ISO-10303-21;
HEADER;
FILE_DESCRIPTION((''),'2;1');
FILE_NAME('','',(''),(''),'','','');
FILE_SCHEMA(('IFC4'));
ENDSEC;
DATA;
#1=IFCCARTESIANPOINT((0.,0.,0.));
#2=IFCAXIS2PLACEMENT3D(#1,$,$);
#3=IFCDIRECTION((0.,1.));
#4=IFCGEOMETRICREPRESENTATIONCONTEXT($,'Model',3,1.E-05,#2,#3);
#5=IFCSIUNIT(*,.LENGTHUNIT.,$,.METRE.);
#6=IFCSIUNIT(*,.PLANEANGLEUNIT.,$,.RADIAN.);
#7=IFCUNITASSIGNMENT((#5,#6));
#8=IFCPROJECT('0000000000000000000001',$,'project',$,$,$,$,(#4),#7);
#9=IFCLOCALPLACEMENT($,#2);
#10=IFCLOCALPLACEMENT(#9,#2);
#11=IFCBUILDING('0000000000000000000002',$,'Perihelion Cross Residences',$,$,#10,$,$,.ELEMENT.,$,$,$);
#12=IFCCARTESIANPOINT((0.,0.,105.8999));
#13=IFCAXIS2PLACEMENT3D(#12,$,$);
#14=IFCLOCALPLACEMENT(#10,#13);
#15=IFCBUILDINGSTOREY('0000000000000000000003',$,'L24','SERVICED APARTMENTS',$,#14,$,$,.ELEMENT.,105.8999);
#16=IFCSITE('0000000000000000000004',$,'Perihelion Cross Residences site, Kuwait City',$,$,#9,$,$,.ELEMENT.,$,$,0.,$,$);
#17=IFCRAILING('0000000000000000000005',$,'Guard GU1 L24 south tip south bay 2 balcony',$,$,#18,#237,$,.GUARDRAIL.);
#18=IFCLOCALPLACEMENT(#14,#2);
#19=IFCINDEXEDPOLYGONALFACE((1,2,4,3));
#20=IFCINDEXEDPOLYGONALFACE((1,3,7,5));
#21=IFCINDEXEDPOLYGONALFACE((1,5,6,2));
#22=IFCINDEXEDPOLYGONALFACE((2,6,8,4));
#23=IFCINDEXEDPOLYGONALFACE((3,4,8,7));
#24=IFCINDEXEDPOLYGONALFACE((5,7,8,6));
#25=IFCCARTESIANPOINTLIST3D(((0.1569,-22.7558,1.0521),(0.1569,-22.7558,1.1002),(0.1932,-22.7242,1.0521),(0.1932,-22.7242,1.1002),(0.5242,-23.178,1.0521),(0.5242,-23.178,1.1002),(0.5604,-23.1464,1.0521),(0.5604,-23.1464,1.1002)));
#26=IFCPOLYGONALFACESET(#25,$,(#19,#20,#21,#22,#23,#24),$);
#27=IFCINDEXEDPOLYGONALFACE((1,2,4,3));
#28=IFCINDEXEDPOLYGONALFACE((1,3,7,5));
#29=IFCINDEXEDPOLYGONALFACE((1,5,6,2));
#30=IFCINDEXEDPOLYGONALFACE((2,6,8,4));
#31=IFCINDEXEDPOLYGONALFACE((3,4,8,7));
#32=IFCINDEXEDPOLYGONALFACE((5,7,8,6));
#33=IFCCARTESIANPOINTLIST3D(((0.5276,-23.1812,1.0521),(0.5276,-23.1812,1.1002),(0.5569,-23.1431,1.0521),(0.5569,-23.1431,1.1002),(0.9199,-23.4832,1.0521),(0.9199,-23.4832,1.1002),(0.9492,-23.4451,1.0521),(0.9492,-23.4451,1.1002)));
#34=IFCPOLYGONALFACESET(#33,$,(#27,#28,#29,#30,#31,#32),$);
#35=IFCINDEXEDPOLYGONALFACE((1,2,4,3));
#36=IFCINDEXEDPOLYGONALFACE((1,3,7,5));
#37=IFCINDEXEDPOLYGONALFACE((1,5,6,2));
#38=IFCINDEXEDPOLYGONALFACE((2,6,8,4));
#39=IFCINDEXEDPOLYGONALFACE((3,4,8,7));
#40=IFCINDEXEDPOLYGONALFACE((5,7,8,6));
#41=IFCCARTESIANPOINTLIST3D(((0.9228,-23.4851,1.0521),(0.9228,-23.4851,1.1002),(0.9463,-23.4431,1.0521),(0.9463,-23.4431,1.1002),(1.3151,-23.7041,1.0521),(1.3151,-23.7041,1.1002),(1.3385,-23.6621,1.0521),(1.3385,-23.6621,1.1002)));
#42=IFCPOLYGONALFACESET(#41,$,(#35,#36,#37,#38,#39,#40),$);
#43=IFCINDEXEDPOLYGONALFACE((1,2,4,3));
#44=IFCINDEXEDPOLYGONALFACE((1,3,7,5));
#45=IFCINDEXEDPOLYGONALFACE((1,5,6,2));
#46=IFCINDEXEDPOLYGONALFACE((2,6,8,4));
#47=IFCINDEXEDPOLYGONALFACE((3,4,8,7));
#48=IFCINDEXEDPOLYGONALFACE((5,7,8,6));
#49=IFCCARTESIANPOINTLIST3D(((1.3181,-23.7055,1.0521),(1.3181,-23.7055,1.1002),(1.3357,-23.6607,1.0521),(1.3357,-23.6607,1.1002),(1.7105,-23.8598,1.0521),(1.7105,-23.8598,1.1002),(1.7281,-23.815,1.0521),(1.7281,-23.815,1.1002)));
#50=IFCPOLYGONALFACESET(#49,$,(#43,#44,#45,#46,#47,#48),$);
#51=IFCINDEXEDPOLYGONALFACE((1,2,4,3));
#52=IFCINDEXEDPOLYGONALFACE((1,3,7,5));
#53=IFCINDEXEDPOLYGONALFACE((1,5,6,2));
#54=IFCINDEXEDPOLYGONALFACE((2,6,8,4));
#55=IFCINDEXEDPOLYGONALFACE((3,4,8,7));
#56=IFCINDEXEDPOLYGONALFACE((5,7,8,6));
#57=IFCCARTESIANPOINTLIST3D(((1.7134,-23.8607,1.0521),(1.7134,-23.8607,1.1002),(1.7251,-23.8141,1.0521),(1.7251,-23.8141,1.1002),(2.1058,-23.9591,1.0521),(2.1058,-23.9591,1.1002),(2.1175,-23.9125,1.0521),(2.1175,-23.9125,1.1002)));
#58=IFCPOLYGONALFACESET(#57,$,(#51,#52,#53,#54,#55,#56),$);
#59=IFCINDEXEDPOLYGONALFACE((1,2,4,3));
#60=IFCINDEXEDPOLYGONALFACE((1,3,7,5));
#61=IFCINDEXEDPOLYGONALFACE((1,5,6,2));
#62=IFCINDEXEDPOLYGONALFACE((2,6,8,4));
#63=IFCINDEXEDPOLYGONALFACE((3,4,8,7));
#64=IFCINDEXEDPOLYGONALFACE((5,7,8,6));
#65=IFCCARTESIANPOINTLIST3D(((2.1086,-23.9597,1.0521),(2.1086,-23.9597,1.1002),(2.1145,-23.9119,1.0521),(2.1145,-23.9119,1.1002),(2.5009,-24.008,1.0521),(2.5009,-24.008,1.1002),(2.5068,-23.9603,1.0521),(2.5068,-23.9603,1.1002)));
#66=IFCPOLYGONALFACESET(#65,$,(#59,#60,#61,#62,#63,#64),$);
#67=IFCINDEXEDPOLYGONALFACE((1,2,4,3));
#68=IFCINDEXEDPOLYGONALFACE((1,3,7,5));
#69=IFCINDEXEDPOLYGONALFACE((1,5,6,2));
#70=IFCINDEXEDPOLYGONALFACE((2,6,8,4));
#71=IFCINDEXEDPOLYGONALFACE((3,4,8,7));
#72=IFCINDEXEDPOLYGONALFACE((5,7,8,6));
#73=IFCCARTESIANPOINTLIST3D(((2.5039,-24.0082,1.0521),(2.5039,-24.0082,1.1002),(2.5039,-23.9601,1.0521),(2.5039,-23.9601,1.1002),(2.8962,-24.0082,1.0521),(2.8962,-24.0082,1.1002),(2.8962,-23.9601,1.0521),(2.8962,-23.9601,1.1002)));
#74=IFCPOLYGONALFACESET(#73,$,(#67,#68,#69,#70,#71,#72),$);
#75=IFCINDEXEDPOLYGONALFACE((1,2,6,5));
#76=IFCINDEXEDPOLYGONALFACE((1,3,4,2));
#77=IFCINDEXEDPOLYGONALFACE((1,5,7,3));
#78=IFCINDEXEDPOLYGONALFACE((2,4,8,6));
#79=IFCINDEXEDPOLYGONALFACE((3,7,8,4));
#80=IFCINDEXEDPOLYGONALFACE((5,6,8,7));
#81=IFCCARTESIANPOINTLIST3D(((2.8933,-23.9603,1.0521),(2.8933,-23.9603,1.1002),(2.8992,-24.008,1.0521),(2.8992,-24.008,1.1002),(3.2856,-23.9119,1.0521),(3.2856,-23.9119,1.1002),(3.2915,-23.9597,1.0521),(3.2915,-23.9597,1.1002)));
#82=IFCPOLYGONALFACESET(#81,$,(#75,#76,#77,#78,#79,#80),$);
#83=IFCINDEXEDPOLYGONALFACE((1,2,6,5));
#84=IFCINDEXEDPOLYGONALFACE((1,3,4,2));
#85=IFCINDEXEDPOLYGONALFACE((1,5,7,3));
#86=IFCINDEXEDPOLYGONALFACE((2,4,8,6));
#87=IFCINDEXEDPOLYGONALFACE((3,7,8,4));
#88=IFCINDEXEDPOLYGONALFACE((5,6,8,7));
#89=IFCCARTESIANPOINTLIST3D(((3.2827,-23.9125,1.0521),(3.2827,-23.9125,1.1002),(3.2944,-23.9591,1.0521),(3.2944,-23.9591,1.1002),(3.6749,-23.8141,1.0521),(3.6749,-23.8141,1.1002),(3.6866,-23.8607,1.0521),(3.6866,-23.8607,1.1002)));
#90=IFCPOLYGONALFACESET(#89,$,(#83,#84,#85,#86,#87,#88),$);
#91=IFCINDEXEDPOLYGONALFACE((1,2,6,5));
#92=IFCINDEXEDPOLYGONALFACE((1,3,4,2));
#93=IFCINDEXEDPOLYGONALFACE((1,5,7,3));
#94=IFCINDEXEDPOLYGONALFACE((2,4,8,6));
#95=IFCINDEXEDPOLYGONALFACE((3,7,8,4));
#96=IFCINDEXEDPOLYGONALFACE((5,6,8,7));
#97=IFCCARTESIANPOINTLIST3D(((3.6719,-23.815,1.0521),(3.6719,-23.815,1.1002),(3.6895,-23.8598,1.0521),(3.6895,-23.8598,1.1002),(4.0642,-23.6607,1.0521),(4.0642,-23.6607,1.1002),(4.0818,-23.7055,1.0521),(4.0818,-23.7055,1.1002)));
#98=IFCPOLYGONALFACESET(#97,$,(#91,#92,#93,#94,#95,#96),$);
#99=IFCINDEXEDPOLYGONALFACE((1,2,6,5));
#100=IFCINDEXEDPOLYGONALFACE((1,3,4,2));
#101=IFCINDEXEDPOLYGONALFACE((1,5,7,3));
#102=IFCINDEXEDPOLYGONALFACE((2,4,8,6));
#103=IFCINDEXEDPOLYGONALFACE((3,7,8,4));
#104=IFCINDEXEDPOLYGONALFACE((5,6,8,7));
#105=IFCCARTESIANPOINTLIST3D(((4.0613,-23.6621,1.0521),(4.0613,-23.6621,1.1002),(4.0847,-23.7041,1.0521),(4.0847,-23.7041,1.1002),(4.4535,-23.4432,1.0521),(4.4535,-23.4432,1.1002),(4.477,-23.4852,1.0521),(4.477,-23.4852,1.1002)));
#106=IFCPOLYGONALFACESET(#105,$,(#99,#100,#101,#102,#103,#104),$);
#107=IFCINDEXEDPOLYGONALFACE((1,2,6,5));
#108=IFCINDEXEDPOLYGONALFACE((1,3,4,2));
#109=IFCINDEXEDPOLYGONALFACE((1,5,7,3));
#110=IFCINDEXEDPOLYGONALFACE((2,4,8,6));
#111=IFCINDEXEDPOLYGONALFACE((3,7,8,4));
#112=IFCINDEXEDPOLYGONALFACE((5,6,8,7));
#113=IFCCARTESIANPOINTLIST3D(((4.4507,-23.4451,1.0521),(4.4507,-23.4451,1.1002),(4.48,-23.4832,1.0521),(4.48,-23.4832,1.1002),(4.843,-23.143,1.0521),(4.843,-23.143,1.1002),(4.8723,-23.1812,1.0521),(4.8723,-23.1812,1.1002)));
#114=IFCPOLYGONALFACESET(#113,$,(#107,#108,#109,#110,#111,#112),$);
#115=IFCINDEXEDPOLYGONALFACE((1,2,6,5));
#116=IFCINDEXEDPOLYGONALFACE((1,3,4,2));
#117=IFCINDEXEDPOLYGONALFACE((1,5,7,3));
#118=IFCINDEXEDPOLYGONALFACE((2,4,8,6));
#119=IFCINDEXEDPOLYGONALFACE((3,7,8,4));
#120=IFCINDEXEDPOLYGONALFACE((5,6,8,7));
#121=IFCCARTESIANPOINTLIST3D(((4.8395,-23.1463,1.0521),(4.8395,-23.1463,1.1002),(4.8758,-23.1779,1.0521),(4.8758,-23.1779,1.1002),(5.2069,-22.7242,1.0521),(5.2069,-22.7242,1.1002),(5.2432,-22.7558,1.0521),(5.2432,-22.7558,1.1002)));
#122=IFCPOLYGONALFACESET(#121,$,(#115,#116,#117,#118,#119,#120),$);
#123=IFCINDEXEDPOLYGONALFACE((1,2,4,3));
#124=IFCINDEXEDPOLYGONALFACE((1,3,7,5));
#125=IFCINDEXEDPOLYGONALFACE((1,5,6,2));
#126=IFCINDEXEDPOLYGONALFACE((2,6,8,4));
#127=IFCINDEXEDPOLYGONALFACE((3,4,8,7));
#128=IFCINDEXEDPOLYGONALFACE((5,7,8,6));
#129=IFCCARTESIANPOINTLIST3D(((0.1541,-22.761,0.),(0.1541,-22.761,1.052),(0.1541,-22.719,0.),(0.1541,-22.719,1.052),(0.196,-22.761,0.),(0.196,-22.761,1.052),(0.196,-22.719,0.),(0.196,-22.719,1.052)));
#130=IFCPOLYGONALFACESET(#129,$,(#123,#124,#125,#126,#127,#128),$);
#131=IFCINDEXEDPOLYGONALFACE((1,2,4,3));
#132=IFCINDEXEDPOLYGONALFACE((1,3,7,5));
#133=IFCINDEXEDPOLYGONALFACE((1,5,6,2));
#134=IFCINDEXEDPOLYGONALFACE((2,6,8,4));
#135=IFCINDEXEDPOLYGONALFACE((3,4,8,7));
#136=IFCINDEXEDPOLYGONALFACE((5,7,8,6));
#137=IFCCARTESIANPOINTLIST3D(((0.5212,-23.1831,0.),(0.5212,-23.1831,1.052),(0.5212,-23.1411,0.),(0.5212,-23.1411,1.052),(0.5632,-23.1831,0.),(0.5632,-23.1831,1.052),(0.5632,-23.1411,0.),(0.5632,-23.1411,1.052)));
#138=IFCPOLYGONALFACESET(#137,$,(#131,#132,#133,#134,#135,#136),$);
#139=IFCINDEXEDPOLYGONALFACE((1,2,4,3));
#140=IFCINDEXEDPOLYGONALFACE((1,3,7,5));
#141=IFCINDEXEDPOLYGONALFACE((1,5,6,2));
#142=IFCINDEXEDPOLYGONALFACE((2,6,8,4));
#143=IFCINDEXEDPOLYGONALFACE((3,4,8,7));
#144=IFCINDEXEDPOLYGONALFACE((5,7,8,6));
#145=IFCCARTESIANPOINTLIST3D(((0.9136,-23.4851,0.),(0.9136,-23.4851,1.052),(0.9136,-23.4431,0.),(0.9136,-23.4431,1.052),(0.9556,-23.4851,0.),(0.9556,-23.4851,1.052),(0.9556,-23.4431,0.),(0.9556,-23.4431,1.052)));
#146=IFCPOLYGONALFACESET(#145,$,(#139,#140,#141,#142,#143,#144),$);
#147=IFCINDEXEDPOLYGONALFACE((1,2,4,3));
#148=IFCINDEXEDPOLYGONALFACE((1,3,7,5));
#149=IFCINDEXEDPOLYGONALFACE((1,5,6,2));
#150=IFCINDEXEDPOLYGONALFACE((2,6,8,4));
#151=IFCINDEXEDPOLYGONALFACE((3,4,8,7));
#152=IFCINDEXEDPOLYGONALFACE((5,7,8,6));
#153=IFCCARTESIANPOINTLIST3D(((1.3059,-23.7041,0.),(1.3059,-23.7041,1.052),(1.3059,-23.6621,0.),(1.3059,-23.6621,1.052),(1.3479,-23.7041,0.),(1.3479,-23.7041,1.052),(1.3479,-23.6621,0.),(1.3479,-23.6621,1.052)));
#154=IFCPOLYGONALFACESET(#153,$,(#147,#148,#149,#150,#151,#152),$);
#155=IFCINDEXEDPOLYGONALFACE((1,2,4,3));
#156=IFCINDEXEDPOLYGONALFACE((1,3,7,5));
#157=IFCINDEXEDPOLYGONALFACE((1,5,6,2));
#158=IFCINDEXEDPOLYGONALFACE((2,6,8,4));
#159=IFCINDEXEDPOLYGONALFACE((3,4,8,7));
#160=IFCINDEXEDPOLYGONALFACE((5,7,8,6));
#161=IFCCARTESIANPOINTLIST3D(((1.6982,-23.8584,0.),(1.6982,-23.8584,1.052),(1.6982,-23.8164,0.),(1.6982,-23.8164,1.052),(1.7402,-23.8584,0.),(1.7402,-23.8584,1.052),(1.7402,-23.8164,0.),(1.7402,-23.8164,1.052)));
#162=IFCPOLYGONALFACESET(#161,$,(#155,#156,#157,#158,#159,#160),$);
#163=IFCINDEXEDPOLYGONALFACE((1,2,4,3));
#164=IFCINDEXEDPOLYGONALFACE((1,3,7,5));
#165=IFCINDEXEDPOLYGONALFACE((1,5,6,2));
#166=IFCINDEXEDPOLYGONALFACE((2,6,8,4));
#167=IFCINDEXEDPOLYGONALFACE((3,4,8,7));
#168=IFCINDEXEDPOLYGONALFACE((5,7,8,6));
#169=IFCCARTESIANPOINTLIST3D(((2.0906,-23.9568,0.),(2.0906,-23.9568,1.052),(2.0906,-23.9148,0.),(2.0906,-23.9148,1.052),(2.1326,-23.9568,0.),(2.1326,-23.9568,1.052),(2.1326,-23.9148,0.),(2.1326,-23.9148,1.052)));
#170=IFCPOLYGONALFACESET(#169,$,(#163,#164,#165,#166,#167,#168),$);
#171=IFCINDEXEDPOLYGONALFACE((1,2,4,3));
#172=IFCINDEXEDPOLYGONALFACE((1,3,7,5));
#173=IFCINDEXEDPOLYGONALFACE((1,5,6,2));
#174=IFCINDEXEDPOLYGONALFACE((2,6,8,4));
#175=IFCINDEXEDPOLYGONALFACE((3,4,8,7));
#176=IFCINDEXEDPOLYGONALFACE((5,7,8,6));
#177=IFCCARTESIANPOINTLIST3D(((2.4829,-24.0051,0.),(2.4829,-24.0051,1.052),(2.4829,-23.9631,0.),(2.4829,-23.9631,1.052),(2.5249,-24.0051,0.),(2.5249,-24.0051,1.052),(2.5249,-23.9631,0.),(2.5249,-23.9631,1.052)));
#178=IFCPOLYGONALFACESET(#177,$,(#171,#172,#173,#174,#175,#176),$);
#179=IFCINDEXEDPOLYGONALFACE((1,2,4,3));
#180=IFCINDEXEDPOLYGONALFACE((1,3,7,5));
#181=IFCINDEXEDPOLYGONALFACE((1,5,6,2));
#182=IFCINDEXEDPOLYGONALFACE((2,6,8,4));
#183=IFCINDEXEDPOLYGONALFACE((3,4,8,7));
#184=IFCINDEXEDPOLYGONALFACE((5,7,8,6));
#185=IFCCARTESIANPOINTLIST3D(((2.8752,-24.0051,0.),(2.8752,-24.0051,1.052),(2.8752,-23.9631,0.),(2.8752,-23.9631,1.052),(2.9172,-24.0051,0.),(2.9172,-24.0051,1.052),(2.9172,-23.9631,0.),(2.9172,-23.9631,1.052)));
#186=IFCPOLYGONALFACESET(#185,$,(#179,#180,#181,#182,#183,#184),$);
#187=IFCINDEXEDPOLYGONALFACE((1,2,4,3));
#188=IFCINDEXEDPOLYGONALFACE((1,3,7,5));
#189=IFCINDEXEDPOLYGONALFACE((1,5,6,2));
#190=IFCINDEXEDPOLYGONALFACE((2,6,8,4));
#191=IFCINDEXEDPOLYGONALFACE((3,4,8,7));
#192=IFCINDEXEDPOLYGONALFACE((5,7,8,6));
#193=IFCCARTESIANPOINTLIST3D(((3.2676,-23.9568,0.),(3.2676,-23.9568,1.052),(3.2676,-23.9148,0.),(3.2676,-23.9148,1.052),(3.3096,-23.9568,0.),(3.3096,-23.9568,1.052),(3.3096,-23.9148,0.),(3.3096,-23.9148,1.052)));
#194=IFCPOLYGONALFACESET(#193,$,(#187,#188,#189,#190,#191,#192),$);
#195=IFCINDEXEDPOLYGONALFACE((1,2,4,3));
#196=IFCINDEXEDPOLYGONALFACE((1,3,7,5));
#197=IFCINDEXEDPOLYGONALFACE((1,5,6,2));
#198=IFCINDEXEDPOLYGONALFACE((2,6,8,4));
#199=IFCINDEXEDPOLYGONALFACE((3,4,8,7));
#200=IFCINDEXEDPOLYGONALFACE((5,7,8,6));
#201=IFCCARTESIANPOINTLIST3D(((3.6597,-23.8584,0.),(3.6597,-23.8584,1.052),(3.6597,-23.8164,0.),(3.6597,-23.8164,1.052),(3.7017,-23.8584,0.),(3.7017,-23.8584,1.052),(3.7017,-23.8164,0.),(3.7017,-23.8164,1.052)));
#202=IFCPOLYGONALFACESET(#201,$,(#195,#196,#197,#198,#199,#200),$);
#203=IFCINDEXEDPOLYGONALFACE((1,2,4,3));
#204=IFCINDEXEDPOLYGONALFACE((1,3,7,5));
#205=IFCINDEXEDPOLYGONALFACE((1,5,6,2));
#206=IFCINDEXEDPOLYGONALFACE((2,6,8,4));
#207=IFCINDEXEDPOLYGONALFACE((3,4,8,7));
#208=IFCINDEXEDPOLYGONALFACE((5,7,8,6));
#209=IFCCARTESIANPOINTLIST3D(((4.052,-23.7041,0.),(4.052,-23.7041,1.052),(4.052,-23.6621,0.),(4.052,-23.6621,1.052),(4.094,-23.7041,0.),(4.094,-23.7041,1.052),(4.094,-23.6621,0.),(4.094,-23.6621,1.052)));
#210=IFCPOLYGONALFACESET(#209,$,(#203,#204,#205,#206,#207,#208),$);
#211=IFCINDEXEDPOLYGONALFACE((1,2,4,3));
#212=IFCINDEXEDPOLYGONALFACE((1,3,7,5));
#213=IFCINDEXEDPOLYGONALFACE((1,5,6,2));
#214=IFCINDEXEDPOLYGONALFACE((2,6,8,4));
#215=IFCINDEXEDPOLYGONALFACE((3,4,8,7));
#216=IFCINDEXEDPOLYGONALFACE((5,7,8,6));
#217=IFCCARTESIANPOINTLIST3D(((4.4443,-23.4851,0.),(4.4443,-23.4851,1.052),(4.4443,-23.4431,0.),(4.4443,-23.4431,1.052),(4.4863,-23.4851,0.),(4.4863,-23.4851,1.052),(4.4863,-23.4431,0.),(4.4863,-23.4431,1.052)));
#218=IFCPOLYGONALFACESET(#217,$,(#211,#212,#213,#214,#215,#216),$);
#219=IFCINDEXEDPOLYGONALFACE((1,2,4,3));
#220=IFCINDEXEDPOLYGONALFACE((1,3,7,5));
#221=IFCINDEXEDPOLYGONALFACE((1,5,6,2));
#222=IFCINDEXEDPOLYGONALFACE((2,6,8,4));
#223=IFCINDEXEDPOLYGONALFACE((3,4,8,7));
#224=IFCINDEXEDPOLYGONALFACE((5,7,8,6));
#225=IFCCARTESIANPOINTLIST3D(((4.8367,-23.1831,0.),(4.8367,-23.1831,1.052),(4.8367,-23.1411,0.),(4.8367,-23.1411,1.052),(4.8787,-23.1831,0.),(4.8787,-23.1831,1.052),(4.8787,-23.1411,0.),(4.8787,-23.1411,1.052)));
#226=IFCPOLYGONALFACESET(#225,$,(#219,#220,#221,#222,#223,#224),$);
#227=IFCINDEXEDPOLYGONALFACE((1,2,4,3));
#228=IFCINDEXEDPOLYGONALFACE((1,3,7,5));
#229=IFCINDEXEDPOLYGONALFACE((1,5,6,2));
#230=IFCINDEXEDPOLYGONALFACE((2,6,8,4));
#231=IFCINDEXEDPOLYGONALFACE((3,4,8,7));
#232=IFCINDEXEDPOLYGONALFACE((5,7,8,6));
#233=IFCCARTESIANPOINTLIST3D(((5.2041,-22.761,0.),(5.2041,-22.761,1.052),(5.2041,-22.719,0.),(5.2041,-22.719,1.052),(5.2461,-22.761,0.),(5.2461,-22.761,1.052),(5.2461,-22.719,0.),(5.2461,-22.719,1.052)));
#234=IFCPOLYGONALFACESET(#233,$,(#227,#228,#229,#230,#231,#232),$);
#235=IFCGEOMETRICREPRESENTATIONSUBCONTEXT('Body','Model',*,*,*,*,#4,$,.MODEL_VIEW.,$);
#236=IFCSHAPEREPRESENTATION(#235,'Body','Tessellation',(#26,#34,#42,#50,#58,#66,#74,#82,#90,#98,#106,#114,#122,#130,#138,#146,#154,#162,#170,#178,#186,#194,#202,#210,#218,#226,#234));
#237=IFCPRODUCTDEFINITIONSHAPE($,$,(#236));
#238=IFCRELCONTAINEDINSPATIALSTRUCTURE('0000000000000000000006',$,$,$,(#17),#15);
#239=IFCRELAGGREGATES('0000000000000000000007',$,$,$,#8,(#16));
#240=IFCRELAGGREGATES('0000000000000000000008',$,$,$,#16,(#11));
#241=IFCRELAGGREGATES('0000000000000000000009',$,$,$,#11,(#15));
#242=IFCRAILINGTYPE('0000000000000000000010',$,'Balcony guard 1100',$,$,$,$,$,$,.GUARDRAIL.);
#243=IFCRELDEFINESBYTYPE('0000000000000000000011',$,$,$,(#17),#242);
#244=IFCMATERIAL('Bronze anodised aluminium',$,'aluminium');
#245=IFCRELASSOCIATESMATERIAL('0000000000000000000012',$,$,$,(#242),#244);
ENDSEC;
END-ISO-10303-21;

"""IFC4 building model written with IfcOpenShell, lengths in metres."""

from ifc_helpers import new_model, si_unit, direction, frame, origin, origin_2d, place, context, subcontext, project, spatial, rectangle, extrude, material, type_object, element, save


model = new_model("IFC4")

# Units and contexts
model_context = context("Model", 3, precision=1e-05, world=origin(), true_north=direction((0.0, 1.0)))
body_context = subcontext(model_context, "Body", "Model", "MODEL_VIEW")
ifc_project = project(units=[si_unit("LENGTHUNIT", "METRE"), si_unit("PLANEANGLEUNIT", "RADIAN")], contexts=[model_context])

# Site, building, storey
site_placement = place(None, origin())
site = spatial("IfcSite", under=ifc_project, at=site_placement, Name="Perihelion Cross Residences site, Kuwait City", CompositionType="ELEMENT", RefElevation=0.0)
building_placement = place(site_placement, origin())
building = spatial("IfcBuilding", under=site, at=building_placement, Name="Perihelion Cross Residences", CompositionType="ELEMENT")
storey_placement = place(building_placement, frame((0.0, 0.0, 105.8999)))
storey = spatial("IfcBuildingStorey", under=building, at=storey_placement, Name="L24", Description="SERVICED APARTMENTS", CompositionType="ELEMENT", Elevation=105.8999)

# Railing
ifc_material_1 = material(Name="Bronze anodised aluminium", Category="aluminium")
railing_type = type_object("IfcRailingType", Name="Balcony guard 1100", PredefinedType="GUARDRAIL", material=ifc_material_1)
railing_placement = place(storey_placement, frame((0.175, -22.74, 0.0)))
element("IfcRailing", 1, at=railing_placement, inside=storey, type_object=railing_type, Name="Guard GU1 L24 south tip south bay 2 balcony", PredefinedType="GUARDRAIL", context=body_context, shape_type="SweptSolid", body=[
    extrude(rectangle(XDim=0.0481, YDim=0.0481, at=origin_2d()), frame((0.0, 0.0, 1.0762), z_axis=(0.656308, -0.754493, 0.0), x_axis=(0.754493, 0.656308, 0.0)), (0.0, 0.0, 1.0), 0.5596),
    extrude(rectangle(XDim=0.0481, YDim=0.0481, at=origin_2d()), frame((0.3672, -0.4221, 1.0762), z_axis=(0.792422, -0.609973, 0.0), x_axis=(0.609973, 0.792422, 0.0)), (0.0, 0.0, 1.0), 0.4951),
    extrude(rectangle(XDim=0.0481, YDim=0.0481, at=origin_2d()), frame((0.7595, -0.7241, 1.0762), z_axis=(0.873182, -0.487395, 0.0), x_axis=(0.487395, 0.873182, 0.0)), (0.0, 0.0, 1.0), 0.4492),
    extrude(rectangle(XDim=0.0481, YDim=0.0481, at=origin_2d()), frame((1.1519, -0.9431, 1.0762), z_axis=(0.930618, -0.365993, 0.0), x_axis=(0.365993, 0.930618, 0.0)), (0.0, 0.0, 1.0), 0.4216),
    extrude(rectangle(XDim=0.0481, YDim=0.0481, at=origin_2d()), frame((1.5442, -1.0974, 1.0762), z_axis=(0.969965, -0.243246, 0.0), x_axis=(0.243246, 0.969965, 0.0)), (0.0, 0.0, 1.0), 0.4045),
    extrude(rectangle(XDim=0.0481, YDim=0.0481, at=origin_2d()), frame((1.9365, -1.1958, 1.0762), z_axis=(0.992495, -0.122286, 0.0), x_axis=(0.122286, 0.992495, 0.0)), (0.0, 0.0, 1.0), 0.3953),
    extrude(rectangle(XDim=0.0481, YDim=0.0481, at=origin_2d()), frame((2.3289, -1.2441, 1.0762), z_axis=(1.0, 0.0, 0.0), x_axis=(0.0, 1.0, 0.0)), (0.0, 0.0, 1.0), 0.3923),
    extrude(rectangle(XDim=0.0481, YDim=0.0481, at=origin_2d()), frame((2.7212, -1.2441, 1.0762), z_axis=(0.992495, 0.122286, 0.0), x_axis=(-0.122286, 0.992495, 0.0)), (0.0, 0.0, 1.0), 0.3953),
    extrude(rectangle(XDim=0.0481, YDim=0.0481, at=origin_2d()), frame((3.1135, -1.1958, 1.0762), z_axis=(0.969929, 0.243388, 0.0), x_axis=(-0.243388, 0.969929, 0.0)), (0.0, 0.0, 1.0), 0.4043),
    extrude(rectangle(XDim=0.0481, YDim=0.0481, at=origin_2d()), frame((3.5056, -1.0974, 1.0762), z_axis=(0.930618, 0.365993, 0.0), x_axis=(-0.365993, 0.930618, 0.0)), (0.0, 0.0, 1.0), 0.4216),
    extrude(rectangle(XDim=0.0481, YDim=0.0481, at=origin_2d()), frame((3.8979, -0.9431, 1.0762), z_axis=(0.873182, 0.487395, 0.0), x_axis=(-0.487395, 0.873182, 0.0)), (0.0, 0.0, 1.0), 0.4492),
    extrude(rectangle(XDim=0.0481, YDim=0.0481, at=origin_2d()), frame((4.2903, -0.7241, 1.0762), z_axis=(0.792422, 0.609973, 0.0), x_axis=(-0.609973, 0.792422, 0.0)), (0.0, 0.0, 1.0), 0.4951),
    extrude(rectangle(XDim=0.0481, YDim=0.0481, at=origin_2d()), frame((4.6826, -0.4221, 1.0762), z_axis=(0.656557, 0.754277, 0.0), x_axis=(-0.754277, 0.656557, 0.0)), (0.0, 0.0, 1.0), 0.5596),
    extrude(rectangle(XDim=0.042, YDim=0.042, at=origin_2d()), origin(), (0.0, 0.0, 1.0), 1.052),
    extrude(rectangle(XDim=0.042, YDim=0.042, at=origin_2d()), frame((0.3672, -0.4221, 0.0)), (0.0, 0.0, 1.0), 1.052),
    extrude(rectangle(XDim=0.042, YDim=0.042, at=origin_2d()), frame((0.7595, -0.7241, 0.0)), (0.0, 0.0, 1.0), 1.052),
    extrude(rectangle(XDim=0.042, YDim=0.042, at=origin_2d()), frame((1.1519, -0.9431, 0.0)), (0.0, 0.0, 1.0), 1.052),
    extrude(rectangle(XDim=0.042, YDim=0.042, at=origin_2d()), frame((1.5442, -1.0974, 0.0)), (0.0, 0.0, 1.0), 1.052),
    extrude(rectangle(XDim=0.042, YDim=0.042, at=origin_2d()), frame((1.9365, -1.1958, 0.0)), (0.0, 0.0, 1.0), 1.052),
    extrude(rectangle(XDim=0.042, YDim=0.042, at=origin_2d()), frame((2.3289, -1.2441, 0.0)), (0.0, 0.0, 1.0), 1.052),
    extrude(rectangle(XDim=0.042, YDim=0.042, at=origin_2d()), frame((2.7212, -1.2441, 0.0)), (0.0, 0.0, 1.0), 1.052),
    extrude(rectangle(XDim=0.042, YDim=0.042, at=origin_2d()), frame((3.1135, -1.1958, 0.0)), (0.0, 0.0, 1.0), 1.052),
    extrude(rectangle(XDim=0.042, YDim=0.042, at=origin_2d()), frame((3.5056, -1.0974, 0.0)), (0.0, 0.0, 1.0), 1.052),
    extrude(rectangle(XDim=0.042, YDim=0.042, at=origin_2d()), frame((3.8979, -0.9431, 0.0)), (0.0, 0.0, 1.0), 1.052),
    extrude(rectangle(XDim=0.042, YDim=0.042, at=origin_2d()), frame((4.2903, -0.7241, 0.0)), (0.0, 0.0, 1.0), 1.052),
    extrude(rectangle(XDim=0.042, YDim=0.042, at=origin_2d()), frame((4.6826, -0.4221, 0.0)), (0.0, 0.0, 1.0), 1.052),
    extrude(rectangle(XDim=0.042, YDim=0.042, at=origin_2d()), frame((5.05, 0.0, 0.0)), (0.0, 0.0, 1.0), 1.052),
])

save(model, "model.ifc")
